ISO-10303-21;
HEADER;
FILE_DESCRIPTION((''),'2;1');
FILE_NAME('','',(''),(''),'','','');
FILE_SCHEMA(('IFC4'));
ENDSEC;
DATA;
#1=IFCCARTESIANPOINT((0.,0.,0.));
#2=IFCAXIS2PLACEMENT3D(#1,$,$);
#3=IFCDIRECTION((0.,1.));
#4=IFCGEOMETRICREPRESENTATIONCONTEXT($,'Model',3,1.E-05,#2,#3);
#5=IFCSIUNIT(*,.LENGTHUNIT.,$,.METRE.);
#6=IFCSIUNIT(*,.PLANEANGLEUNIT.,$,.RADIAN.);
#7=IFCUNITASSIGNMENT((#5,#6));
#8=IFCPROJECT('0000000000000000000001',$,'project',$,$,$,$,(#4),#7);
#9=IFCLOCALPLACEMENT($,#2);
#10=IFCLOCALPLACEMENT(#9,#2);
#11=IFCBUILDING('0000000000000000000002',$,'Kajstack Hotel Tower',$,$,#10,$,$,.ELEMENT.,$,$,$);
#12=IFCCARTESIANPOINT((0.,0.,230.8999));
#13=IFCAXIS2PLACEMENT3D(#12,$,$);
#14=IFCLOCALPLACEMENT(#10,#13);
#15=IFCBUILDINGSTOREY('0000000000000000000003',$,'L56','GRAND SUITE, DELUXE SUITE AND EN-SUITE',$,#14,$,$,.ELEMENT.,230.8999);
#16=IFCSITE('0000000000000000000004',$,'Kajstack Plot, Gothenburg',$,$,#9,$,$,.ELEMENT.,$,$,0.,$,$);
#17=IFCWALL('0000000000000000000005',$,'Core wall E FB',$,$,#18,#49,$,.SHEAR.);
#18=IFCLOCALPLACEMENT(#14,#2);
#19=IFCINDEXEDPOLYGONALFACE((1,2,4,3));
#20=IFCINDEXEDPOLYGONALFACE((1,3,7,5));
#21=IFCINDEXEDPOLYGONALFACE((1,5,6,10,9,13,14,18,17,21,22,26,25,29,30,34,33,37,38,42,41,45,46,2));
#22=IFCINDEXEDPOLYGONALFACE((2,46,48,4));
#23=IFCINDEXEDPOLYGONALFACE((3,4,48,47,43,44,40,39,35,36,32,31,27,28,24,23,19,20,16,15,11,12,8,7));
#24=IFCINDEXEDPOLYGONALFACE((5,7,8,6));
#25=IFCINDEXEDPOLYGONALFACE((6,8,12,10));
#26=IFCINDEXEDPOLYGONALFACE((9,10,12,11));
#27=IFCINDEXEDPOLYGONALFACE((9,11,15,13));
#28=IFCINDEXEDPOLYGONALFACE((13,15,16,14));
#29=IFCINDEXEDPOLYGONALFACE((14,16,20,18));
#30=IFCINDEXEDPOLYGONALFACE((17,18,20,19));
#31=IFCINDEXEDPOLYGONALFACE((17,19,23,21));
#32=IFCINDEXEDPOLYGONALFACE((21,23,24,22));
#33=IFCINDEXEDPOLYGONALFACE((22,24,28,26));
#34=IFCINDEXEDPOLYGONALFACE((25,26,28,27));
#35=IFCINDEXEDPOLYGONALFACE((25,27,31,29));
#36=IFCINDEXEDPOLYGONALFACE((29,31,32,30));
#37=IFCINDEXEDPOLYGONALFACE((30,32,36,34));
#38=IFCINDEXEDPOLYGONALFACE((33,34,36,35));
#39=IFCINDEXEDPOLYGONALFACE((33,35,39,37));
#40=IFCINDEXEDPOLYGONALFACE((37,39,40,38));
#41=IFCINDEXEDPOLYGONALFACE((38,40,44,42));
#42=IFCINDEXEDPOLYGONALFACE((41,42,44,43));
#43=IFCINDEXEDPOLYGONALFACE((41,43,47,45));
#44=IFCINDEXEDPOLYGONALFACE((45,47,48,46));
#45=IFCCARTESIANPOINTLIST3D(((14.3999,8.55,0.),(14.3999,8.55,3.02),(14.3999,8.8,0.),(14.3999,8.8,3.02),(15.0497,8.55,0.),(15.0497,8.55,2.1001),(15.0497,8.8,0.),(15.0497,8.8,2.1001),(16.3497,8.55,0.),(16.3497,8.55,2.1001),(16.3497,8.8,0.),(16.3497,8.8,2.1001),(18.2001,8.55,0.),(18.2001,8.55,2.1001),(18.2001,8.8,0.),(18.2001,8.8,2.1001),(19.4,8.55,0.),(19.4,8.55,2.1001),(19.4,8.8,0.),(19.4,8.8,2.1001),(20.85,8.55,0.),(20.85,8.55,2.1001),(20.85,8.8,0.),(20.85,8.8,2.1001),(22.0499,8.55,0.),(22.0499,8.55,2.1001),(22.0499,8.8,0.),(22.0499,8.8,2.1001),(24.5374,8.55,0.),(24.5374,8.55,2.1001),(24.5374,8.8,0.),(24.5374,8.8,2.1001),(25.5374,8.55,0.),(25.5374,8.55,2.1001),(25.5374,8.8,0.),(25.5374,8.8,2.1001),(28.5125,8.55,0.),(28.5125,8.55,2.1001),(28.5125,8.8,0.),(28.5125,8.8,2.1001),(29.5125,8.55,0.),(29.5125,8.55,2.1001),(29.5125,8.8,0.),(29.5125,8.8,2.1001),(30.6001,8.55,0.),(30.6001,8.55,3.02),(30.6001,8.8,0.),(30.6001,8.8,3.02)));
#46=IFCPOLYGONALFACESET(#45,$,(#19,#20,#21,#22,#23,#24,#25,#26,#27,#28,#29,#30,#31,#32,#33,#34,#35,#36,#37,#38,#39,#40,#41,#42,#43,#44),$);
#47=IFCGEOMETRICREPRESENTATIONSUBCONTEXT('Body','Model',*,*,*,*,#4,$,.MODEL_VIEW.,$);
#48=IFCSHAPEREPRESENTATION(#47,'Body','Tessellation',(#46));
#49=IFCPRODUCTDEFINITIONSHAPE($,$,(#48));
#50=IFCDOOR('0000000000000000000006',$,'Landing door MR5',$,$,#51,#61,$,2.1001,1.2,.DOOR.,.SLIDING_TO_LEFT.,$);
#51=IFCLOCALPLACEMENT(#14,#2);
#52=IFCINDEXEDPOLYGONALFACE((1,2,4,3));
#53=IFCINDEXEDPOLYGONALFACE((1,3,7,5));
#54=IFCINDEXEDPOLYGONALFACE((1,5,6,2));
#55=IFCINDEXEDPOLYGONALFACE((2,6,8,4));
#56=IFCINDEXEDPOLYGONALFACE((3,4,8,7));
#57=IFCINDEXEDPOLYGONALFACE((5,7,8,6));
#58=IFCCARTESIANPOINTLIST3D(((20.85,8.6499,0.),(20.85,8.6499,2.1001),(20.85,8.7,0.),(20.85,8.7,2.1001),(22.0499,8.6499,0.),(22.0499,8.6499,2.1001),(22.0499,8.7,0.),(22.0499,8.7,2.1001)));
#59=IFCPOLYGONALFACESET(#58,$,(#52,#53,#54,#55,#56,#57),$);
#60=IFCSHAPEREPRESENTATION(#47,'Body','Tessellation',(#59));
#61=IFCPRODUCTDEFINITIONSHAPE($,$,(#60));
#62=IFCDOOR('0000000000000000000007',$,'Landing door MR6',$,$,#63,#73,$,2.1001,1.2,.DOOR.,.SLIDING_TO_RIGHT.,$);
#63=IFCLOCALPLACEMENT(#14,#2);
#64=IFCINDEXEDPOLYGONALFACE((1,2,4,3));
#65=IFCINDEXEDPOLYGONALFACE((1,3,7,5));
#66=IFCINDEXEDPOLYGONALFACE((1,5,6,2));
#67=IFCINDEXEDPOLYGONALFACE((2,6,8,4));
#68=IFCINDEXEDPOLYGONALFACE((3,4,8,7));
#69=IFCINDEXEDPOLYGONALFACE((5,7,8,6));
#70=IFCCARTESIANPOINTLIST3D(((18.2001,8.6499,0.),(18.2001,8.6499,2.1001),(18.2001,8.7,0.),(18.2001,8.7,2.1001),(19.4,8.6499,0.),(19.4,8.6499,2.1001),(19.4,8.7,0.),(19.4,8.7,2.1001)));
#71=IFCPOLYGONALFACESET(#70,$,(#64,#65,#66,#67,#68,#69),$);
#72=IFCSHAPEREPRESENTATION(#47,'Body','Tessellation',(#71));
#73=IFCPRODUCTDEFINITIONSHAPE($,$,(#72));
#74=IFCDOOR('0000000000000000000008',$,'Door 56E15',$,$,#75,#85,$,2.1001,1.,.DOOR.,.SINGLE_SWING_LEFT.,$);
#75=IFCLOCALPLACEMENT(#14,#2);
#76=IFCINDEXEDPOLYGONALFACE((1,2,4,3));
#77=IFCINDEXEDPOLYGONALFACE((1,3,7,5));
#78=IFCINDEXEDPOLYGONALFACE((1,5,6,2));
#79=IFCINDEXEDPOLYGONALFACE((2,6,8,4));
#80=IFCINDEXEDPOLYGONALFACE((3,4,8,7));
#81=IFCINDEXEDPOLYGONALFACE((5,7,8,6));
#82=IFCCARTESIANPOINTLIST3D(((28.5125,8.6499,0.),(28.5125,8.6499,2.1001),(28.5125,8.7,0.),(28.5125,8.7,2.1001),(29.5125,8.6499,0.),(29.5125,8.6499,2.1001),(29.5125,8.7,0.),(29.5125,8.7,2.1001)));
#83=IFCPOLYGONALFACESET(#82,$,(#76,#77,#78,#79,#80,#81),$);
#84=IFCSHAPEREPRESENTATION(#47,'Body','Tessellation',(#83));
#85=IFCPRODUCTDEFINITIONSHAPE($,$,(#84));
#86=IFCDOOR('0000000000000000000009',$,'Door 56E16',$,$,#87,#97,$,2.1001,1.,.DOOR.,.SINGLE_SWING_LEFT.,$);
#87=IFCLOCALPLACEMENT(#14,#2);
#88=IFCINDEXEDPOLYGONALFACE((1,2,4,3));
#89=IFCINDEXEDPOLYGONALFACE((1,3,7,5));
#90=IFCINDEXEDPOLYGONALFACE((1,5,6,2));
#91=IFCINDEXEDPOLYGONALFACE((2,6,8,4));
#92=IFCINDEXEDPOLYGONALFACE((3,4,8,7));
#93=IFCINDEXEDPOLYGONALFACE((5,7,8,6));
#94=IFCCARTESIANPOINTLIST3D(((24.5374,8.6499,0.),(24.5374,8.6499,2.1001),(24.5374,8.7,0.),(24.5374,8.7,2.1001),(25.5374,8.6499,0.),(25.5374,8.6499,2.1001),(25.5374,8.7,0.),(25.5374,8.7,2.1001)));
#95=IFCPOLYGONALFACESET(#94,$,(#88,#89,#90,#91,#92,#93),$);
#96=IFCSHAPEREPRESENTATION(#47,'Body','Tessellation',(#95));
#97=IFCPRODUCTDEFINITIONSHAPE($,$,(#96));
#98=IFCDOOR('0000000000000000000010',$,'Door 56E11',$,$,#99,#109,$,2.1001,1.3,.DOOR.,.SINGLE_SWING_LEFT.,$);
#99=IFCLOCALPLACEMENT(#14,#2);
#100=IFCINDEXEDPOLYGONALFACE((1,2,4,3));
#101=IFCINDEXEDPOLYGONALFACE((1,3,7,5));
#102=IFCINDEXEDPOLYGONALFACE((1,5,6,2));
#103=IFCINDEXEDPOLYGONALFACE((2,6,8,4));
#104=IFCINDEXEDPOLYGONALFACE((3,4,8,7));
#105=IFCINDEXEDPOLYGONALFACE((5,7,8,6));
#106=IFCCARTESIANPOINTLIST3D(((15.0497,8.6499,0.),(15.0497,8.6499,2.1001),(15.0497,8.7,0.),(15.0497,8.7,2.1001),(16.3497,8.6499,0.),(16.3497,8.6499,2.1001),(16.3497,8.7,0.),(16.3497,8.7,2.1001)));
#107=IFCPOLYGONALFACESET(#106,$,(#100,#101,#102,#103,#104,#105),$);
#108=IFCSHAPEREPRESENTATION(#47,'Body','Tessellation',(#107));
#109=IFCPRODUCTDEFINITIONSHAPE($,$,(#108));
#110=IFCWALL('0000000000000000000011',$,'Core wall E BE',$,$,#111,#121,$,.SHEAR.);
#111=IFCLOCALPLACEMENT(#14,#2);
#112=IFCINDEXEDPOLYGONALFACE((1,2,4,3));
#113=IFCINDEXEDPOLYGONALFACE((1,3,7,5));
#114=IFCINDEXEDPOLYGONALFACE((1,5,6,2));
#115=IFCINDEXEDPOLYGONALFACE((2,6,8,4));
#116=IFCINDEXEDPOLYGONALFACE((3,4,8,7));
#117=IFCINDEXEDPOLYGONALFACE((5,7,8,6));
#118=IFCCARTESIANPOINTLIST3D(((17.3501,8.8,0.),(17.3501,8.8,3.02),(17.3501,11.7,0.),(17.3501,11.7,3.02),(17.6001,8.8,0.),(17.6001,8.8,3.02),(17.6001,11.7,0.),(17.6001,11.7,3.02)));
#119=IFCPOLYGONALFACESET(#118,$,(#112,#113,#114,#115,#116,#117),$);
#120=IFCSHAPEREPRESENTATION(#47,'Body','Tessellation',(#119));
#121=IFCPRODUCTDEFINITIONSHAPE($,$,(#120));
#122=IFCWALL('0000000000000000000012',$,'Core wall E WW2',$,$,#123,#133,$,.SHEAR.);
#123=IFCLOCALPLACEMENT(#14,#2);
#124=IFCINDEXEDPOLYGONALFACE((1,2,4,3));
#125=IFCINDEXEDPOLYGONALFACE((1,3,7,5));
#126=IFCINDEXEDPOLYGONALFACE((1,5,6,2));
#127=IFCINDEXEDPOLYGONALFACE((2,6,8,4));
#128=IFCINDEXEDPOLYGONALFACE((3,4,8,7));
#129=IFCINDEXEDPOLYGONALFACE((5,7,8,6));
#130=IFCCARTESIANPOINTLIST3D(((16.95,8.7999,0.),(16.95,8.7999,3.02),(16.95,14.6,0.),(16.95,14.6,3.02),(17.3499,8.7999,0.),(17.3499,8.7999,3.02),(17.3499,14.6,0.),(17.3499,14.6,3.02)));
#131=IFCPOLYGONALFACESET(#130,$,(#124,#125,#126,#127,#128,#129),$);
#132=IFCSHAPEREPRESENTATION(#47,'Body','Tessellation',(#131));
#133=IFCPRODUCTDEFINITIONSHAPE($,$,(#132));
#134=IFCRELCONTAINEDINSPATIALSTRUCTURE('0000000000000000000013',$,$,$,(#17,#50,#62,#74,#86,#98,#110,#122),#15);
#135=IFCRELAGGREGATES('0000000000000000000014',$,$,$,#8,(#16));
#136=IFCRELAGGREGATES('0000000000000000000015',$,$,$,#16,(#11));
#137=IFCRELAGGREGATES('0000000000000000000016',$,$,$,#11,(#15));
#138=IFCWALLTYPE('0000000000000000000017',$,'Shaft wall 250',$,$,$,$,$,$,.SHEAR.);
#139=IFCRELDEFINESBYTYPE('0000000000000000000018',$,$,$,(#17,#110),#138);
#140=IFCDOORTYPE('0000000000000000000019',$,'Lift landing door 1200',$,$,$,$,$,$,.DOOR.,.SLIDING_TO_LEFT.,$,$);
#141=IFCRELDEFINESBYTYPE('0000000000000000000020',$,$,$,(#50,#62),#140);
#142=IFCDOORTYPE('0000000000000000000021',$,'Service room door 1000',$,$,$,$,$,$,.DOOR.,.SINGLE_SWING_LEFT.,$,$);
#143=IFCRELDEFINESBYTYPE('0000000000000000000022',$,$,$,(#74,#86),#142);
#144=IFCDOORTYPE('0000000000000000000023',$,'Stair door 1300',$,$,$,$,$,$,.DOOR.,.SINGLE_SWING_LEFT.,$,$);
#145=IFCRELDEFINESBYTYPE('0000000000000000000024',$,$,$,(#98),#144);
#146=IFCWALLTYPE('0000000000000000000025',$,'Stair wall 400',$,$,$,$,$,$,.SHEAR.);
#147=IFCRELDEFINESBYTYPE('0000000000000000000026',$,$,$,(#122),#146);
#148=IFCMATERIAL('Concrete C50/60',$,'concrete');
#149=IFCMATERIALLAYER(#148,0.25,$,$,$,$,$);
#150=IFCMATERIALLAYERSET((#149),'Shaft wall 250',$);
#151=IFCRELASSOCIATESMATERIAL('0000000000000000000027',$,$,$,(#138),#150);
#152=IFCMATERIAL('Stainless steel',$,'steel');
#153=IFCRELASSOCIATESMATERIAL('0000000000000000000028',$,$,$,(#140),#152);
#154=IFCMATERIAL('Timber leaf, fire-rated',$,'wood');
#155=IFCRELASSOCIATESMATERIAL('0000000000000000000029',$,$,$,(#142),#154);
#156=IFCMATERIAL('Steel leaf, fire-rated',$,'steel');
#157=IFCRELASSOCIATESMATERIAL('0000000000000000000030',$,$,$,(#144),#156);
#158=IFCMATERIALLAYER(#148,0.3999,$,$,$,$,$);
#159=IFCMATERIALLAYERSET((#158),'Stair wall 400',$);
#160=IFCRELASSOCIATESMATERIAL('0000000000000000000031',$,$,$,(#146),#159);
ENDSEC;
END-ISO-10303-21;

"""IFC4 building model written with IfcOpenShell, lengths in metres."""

from ifc_helpers import new_model, si_unit, direction, frame, frame_2d, origin, place, context, subcontext, project, spatial, rectangle, extrude, material, layer, layer_set, type_object, element, fill, save


model = new_model("IFC4")

# Units and contexts
model_context = context("Model", 3, precision=1e-05, world=origin(), true_north=direction((0.0, 1.0)))
body_context = subcontext(model_context, "Body", "Model", "MODEL_VIEW")
ifc_project = project(units=[si_unit("LENGTHUNIT", "METRE"), si_unit("PLANEANGLEUNIT", "RADIAN")], contexts=[model_context])

# Site, building, storey
site_placement = place(None, origin())
site = spatial("IfcSite", under=ifc_project, at=site_placement, Name="Kajstack Plot, Gothenburg", CompositionType="ELEMENT", RefElevation=0.0)
building_placement = place(site_placement, origin())
building = spatial("IfcBuilding", under=site, at=building_placement, Name="Kajstack Hotel Tower", CompositionType="ELEMENT")
storey_placement = place(building_placement, frame((0.0, 0.0, 230.8999)))
storey = spatial("IfcBuildingStorey", under=building, at=storey_placement, Name="L56", Description="GRAND SUITE, DELUXE SUITE AND EN-SUITE", CompositionType="ELEMENT", Elevation=230.8999)

# Wall, openings, doors
ifc_material_1 = material(Name="Concrete C50/60", Category="concrete")
ifc_layer_1 = layer(ifc_material_1, 0.25)
ifc_layer_set_1 = layer_set([ifc_layer_1], Name="Shaft wall 250")
wall_type_1 = type_object("IfcWallType", Name="Shaft wall 250", PredefinedType="SHEAR", material=ifc_layer_set_1)
ifc_material_2 = material(Name="Stainless steel", Category="steel")
door_type_1 = type_object("IfcDoorType", Name="Lift landing door 1200", OperationType="SLIDING_TO_LEFT", PredefinedType="DOOR", material=ifc_material_2)
wall_1_placement = place(storey_placement, frame((14.3999, 8.675, 0.0), z_axis=(0.0, 0.0, 1.0), x_axis=(1.0, 0.0, 0.0)))
wall_1 = element("IfcWall", 1, at=wall_1_placement, inside=storey, type_object=wall_type_1, Name="Core wall E FB", PredefinedType="SHEAR", context=body_context, shape_type="SweptSolid", body=[
    extrude(rectangle(XDim=16.2002, YDim=0.25, at=frame_2d((8.1001, 0.0))), origin(), (0.0, 0.0, 1.0), 3.02),
])
opening_1_placement = place(wall_1_placement, frame((6.45, 0.0, 0.0)))
opening_1 = element("IfcOpeningElement", 2, at=opening_1_placement, cuts=wall_1, PredefinedType="OPENING", context=body_context, shape_type="SweptSolid", body=[
    extrude(rectangle(XDim=1.2, YDim=2.1001, at=frame_2d((0.6001, 1.05))), frame((0.0, 0.135, 0.0), z_axis=(0.0, -1.0, 0.0), x_axis=(1.0, 0.0, 0.0)), (0.0, 0.0, 1.0), 0.27),
])
opening_2_placement = place(wall_1_placement, frame((3.8, 0.0, 0.0)))
opening_2 = element("IfcOpeningElement", 3, at=opening_2_placement, cuts=wall_1, PredefinedType="OPENING", context=body_context, shape_type="SweptSolid", body=[
    extrude(rectangle(XDim=1.2, YDim=2.1001, at=frame_2d((0.6001, 1.05))), frame((0.0, 0.135, 0.0), z_axis=(0.0, -1.0, 0.0), x_axis=(1.0, 0.0, 0.0)), (0.0, 0.0, 1.0), 0.27),
])
opening_3_placement = place(wall_1_placement, frame((0.6499, 0.0, 0.0)))
opening_3 = element("IfcOpeningElement", 4, at=opening_3_placement, cuts=wall_1, PredefinedType="OPENING", context=body_context, shape_type="SweptSolid", body=[
    extrude(rectangle(XDim=1.3, YDim=2.1001, at=frame_2d((0.6499, 1.05))), frame((0.0, 0.135, 0.0), z_axis=(0.0, -1.0, 0.0), x_axis=(1.0, 0.0, 0.0)), (0.0, 0.0, 1.0), 0.27),
])
opening_4_placement = place(wall_1_placement, frame((14.1125, 0.0, 0.0)))
opening_4 = element("IfcOpeningElement", 5, at=opening_4_placement, cuts=wall_1, PredefinedType="OPENING", context=body_context, shape_type="SweptSolid", body=[
    extrude(rectangle(XDim=1.0, YDim=2.1001, at=frame_2d((0.5, 1.05))), frame((0.0, 0.135, 0.0), z_axis=(0.0, -1.0, 0.0), x_axis=(1.0, 0.0, 0.0)), (0.0, 0.0, 1.0), 0.27),
])
opening_5_placement = place(wall_1_placement, frame((10.1375, 0.0, 0.0)))
opening_5 = element("IfcOpeningElement", 6, at=opening_5_placement, cuts=wall_1, PredefinedType="OPENING", context=body_context, shape_type="SweptSolid", body=[
    extrude(rectangle(XDim=1.0, YDim=2.1001, at=frame_2d((0.5, 1.05))), frame((0.0, 0.135, 0.0), z_axis=(0.0, -1.0, 0.0), x_axis=(1.0, 0.0, 0.0)), (0.0, 0.0, 1.0), 0.27),
])
door_1_placement = place(opening_1_placement, origin())
door_1 = element("IfcDoor", 7, at=door_1_placement, inside=storey, type_object=door_type_1, Name="Landing door MR5", OperationType="SLIDING_TO_LEFT", OverallHeight=2.1001, OverallWidth=1.2, PredefinedType="DOOR", context=body_context, shape_type="SweptSolid", body=[
    extrude(rectangle(XDim=1.2, YDim=2.1001, at=frame_2d((0.6001, 1.05))), frame((0.0, 0.0249, 0.0), z_axis=(0.0, -1.0, 0.0), x_axis=(1.0, 0.0, 0.0)), (0.0, 0.0, 1.0), 0.05),
])
fill(opening_1, door_1)
door_2_placement = place(opening_2_placement, origin())
door_2 = element("IfcDoor", 8, at=door_2_placement, inside=storey, type_object=door_type_1, Name="Landing door MR6", OperationType="SLIDING_TO_RIGHT", OverallHeight=2.1001, OverallWidth=1.2, PredefinedType="DOOR", context=body_context, shape_type="SweptSolid", body=[
    extrude(rectangle(XDim=1.2, YDim=2.1001, at=frame_2d((0.6001, 1.05))), frame((0.0, 0.0249, 0.0), z_axis=(0.0, -1.0, 0.0), x_axis=(1.0, 0.0, 0.0)), (0.0, 0.0, 1.0), 0.05),
])
fill(opening_2, door_2)
ifc_material_3 = material(Name="Timber leaf, fire-rated", Category="wood")
door_type_2 = type_object("IfcDoorType", Name="Service room door 1000", OperationType="SINGLE_SWING_LEFT", PredefinedType="DOOR", material=ifc_material_3)
door_3_placement = place(opening_4_placement, origin())
door_3 = element("IfcDoor", 9, at=door_3_placement, inside=storey, type_object=door_type_2, Name="Door 56E15", OperationType="SINGLE_SWING_LEFT", OverallHeight=2.1001, OverallWidth=1.0, PredefinedType="DOOR", context=body_context, shape_type="SweptSolid", body=[
    extrude(rectangle(XDim=1.0, YDim=2.1001, at=frame_2d((0.5, 1.05))), frame((0.0, 0.0249, 0.0), z_axis=(0.0, -1.0, 0.0), x_axis=(1.0, 0.0, 0.0)), (0.0, 0.0, 1.0), 0.05),
])
fill(opening_4, door_3)
door_4_placement = place(opening_5_placement, origin())
door_4 = element("IfcDoor", 10, at=door_4_placement, inside=storey, type_object=door_type_2, Name="Door 56E16", OperationType="SINGLE_SWING_LEFT", OverallHeight=2.1001, OverallWidth=1.0, PredefinedType="DOOR", context=body_context, shape_type="SweptSolid", body=[
    extrude(rectangle(XDim=1.0, YDim=2.1001, at=frame_2d((0.5, 1.05))), frame((0.0, 0.0249, 0.0), z_axis=(0.0, -1.0, 0.0), x_axis=(1.0, 0.0, 0.0)), (0.0, 0.0, 1.0), 0.05),
])
fill(opening_5, door_4)
ifc_material_4 = material(Name="Steel leaf, fire-rated", Category="steel")
door_type_3 = type_object("IfcDoorType", Name="Stair door 1300", OperationType="SINGLE_SWING_LEFT", PredefinedType="DOOR", material=ifc_material_4)
door_5_placement = place(opening_3_placement, origin())
door_5 = element("IfcDoor", 11, at=door_5_placement, inside=storey, type_object=door_type_3, Name="Door 56E11", OperationType="SINGLE_SWING_LEFT", OverallHeight=2.1001, OverallWidth=1.3, PredefinedType="DOOR", context=body_context, shape_type="SweptSolid", body=[
    extrude(rectangle(XDim=1.3, YDim=2.1001, at=frame_2d((0.6499, 1.05))), frame((0.0, 0.0249, 0.0), z_axis=(0.0, -1.0, 0.0), x_axis=(1.0, 0.0, 0.0)), (0.0, 0.0, 1.0), 0.05),
])
fill(opening_3, door_5)

# Walls
wall_2_placement = place(storey_placement, frame((17.4751, 8.8, 0.0), z_axis=(0.0, 0.0, 1.0), x_axis=(0.0, 1.0, 0.0)))
element("IfcWall", 12, at=wall_2_placement, inside=storey, type_object=wall_type_1, Name="Core wall E BE", PredefinedType="SHEAR", context=body_context, shape_type="SweptSolid", body=[
    extrude(rectangle(XDim=2.8999, YDim=0.25, at=frame_2d((1.45, 0.0))), origin(), (0.0, 0.0, 1.0), 3.02),
])
ifc_layer_2 = layer(ifc_material_1, 0.3999)
ifc_layer_set_2 = layer_set([ifc_layer_2], Name="Stair wall 400")
wall_type_2 = type_object("IfcWallType", Name="Stair wall 400", PredefinedType="SHEAR", material=ifc_layer_set_2)
wall_3_placement = place(storey_placement, frame((17.1499, 8.8, 0.0), z_axis=(0.0, 0.0, 1.0), x_axis=(0.0, 1.0, 0.0)))
element("IfcWall", 13, at=wall_3_placement, inside=storey, type_object=wall_type_2, Name="Core wall E WW2", PredefinedType="SHEAR", context=body_context, shape_type="SweptSolid", body=[
    extrude(rectangle(XDim=5.8, YDim=0.3999, at=frame_2d((2.8999, 0.0))), origin(), (0.0, 0.0, 1.0), 3.02),
])

save(model, "model.ifc")
